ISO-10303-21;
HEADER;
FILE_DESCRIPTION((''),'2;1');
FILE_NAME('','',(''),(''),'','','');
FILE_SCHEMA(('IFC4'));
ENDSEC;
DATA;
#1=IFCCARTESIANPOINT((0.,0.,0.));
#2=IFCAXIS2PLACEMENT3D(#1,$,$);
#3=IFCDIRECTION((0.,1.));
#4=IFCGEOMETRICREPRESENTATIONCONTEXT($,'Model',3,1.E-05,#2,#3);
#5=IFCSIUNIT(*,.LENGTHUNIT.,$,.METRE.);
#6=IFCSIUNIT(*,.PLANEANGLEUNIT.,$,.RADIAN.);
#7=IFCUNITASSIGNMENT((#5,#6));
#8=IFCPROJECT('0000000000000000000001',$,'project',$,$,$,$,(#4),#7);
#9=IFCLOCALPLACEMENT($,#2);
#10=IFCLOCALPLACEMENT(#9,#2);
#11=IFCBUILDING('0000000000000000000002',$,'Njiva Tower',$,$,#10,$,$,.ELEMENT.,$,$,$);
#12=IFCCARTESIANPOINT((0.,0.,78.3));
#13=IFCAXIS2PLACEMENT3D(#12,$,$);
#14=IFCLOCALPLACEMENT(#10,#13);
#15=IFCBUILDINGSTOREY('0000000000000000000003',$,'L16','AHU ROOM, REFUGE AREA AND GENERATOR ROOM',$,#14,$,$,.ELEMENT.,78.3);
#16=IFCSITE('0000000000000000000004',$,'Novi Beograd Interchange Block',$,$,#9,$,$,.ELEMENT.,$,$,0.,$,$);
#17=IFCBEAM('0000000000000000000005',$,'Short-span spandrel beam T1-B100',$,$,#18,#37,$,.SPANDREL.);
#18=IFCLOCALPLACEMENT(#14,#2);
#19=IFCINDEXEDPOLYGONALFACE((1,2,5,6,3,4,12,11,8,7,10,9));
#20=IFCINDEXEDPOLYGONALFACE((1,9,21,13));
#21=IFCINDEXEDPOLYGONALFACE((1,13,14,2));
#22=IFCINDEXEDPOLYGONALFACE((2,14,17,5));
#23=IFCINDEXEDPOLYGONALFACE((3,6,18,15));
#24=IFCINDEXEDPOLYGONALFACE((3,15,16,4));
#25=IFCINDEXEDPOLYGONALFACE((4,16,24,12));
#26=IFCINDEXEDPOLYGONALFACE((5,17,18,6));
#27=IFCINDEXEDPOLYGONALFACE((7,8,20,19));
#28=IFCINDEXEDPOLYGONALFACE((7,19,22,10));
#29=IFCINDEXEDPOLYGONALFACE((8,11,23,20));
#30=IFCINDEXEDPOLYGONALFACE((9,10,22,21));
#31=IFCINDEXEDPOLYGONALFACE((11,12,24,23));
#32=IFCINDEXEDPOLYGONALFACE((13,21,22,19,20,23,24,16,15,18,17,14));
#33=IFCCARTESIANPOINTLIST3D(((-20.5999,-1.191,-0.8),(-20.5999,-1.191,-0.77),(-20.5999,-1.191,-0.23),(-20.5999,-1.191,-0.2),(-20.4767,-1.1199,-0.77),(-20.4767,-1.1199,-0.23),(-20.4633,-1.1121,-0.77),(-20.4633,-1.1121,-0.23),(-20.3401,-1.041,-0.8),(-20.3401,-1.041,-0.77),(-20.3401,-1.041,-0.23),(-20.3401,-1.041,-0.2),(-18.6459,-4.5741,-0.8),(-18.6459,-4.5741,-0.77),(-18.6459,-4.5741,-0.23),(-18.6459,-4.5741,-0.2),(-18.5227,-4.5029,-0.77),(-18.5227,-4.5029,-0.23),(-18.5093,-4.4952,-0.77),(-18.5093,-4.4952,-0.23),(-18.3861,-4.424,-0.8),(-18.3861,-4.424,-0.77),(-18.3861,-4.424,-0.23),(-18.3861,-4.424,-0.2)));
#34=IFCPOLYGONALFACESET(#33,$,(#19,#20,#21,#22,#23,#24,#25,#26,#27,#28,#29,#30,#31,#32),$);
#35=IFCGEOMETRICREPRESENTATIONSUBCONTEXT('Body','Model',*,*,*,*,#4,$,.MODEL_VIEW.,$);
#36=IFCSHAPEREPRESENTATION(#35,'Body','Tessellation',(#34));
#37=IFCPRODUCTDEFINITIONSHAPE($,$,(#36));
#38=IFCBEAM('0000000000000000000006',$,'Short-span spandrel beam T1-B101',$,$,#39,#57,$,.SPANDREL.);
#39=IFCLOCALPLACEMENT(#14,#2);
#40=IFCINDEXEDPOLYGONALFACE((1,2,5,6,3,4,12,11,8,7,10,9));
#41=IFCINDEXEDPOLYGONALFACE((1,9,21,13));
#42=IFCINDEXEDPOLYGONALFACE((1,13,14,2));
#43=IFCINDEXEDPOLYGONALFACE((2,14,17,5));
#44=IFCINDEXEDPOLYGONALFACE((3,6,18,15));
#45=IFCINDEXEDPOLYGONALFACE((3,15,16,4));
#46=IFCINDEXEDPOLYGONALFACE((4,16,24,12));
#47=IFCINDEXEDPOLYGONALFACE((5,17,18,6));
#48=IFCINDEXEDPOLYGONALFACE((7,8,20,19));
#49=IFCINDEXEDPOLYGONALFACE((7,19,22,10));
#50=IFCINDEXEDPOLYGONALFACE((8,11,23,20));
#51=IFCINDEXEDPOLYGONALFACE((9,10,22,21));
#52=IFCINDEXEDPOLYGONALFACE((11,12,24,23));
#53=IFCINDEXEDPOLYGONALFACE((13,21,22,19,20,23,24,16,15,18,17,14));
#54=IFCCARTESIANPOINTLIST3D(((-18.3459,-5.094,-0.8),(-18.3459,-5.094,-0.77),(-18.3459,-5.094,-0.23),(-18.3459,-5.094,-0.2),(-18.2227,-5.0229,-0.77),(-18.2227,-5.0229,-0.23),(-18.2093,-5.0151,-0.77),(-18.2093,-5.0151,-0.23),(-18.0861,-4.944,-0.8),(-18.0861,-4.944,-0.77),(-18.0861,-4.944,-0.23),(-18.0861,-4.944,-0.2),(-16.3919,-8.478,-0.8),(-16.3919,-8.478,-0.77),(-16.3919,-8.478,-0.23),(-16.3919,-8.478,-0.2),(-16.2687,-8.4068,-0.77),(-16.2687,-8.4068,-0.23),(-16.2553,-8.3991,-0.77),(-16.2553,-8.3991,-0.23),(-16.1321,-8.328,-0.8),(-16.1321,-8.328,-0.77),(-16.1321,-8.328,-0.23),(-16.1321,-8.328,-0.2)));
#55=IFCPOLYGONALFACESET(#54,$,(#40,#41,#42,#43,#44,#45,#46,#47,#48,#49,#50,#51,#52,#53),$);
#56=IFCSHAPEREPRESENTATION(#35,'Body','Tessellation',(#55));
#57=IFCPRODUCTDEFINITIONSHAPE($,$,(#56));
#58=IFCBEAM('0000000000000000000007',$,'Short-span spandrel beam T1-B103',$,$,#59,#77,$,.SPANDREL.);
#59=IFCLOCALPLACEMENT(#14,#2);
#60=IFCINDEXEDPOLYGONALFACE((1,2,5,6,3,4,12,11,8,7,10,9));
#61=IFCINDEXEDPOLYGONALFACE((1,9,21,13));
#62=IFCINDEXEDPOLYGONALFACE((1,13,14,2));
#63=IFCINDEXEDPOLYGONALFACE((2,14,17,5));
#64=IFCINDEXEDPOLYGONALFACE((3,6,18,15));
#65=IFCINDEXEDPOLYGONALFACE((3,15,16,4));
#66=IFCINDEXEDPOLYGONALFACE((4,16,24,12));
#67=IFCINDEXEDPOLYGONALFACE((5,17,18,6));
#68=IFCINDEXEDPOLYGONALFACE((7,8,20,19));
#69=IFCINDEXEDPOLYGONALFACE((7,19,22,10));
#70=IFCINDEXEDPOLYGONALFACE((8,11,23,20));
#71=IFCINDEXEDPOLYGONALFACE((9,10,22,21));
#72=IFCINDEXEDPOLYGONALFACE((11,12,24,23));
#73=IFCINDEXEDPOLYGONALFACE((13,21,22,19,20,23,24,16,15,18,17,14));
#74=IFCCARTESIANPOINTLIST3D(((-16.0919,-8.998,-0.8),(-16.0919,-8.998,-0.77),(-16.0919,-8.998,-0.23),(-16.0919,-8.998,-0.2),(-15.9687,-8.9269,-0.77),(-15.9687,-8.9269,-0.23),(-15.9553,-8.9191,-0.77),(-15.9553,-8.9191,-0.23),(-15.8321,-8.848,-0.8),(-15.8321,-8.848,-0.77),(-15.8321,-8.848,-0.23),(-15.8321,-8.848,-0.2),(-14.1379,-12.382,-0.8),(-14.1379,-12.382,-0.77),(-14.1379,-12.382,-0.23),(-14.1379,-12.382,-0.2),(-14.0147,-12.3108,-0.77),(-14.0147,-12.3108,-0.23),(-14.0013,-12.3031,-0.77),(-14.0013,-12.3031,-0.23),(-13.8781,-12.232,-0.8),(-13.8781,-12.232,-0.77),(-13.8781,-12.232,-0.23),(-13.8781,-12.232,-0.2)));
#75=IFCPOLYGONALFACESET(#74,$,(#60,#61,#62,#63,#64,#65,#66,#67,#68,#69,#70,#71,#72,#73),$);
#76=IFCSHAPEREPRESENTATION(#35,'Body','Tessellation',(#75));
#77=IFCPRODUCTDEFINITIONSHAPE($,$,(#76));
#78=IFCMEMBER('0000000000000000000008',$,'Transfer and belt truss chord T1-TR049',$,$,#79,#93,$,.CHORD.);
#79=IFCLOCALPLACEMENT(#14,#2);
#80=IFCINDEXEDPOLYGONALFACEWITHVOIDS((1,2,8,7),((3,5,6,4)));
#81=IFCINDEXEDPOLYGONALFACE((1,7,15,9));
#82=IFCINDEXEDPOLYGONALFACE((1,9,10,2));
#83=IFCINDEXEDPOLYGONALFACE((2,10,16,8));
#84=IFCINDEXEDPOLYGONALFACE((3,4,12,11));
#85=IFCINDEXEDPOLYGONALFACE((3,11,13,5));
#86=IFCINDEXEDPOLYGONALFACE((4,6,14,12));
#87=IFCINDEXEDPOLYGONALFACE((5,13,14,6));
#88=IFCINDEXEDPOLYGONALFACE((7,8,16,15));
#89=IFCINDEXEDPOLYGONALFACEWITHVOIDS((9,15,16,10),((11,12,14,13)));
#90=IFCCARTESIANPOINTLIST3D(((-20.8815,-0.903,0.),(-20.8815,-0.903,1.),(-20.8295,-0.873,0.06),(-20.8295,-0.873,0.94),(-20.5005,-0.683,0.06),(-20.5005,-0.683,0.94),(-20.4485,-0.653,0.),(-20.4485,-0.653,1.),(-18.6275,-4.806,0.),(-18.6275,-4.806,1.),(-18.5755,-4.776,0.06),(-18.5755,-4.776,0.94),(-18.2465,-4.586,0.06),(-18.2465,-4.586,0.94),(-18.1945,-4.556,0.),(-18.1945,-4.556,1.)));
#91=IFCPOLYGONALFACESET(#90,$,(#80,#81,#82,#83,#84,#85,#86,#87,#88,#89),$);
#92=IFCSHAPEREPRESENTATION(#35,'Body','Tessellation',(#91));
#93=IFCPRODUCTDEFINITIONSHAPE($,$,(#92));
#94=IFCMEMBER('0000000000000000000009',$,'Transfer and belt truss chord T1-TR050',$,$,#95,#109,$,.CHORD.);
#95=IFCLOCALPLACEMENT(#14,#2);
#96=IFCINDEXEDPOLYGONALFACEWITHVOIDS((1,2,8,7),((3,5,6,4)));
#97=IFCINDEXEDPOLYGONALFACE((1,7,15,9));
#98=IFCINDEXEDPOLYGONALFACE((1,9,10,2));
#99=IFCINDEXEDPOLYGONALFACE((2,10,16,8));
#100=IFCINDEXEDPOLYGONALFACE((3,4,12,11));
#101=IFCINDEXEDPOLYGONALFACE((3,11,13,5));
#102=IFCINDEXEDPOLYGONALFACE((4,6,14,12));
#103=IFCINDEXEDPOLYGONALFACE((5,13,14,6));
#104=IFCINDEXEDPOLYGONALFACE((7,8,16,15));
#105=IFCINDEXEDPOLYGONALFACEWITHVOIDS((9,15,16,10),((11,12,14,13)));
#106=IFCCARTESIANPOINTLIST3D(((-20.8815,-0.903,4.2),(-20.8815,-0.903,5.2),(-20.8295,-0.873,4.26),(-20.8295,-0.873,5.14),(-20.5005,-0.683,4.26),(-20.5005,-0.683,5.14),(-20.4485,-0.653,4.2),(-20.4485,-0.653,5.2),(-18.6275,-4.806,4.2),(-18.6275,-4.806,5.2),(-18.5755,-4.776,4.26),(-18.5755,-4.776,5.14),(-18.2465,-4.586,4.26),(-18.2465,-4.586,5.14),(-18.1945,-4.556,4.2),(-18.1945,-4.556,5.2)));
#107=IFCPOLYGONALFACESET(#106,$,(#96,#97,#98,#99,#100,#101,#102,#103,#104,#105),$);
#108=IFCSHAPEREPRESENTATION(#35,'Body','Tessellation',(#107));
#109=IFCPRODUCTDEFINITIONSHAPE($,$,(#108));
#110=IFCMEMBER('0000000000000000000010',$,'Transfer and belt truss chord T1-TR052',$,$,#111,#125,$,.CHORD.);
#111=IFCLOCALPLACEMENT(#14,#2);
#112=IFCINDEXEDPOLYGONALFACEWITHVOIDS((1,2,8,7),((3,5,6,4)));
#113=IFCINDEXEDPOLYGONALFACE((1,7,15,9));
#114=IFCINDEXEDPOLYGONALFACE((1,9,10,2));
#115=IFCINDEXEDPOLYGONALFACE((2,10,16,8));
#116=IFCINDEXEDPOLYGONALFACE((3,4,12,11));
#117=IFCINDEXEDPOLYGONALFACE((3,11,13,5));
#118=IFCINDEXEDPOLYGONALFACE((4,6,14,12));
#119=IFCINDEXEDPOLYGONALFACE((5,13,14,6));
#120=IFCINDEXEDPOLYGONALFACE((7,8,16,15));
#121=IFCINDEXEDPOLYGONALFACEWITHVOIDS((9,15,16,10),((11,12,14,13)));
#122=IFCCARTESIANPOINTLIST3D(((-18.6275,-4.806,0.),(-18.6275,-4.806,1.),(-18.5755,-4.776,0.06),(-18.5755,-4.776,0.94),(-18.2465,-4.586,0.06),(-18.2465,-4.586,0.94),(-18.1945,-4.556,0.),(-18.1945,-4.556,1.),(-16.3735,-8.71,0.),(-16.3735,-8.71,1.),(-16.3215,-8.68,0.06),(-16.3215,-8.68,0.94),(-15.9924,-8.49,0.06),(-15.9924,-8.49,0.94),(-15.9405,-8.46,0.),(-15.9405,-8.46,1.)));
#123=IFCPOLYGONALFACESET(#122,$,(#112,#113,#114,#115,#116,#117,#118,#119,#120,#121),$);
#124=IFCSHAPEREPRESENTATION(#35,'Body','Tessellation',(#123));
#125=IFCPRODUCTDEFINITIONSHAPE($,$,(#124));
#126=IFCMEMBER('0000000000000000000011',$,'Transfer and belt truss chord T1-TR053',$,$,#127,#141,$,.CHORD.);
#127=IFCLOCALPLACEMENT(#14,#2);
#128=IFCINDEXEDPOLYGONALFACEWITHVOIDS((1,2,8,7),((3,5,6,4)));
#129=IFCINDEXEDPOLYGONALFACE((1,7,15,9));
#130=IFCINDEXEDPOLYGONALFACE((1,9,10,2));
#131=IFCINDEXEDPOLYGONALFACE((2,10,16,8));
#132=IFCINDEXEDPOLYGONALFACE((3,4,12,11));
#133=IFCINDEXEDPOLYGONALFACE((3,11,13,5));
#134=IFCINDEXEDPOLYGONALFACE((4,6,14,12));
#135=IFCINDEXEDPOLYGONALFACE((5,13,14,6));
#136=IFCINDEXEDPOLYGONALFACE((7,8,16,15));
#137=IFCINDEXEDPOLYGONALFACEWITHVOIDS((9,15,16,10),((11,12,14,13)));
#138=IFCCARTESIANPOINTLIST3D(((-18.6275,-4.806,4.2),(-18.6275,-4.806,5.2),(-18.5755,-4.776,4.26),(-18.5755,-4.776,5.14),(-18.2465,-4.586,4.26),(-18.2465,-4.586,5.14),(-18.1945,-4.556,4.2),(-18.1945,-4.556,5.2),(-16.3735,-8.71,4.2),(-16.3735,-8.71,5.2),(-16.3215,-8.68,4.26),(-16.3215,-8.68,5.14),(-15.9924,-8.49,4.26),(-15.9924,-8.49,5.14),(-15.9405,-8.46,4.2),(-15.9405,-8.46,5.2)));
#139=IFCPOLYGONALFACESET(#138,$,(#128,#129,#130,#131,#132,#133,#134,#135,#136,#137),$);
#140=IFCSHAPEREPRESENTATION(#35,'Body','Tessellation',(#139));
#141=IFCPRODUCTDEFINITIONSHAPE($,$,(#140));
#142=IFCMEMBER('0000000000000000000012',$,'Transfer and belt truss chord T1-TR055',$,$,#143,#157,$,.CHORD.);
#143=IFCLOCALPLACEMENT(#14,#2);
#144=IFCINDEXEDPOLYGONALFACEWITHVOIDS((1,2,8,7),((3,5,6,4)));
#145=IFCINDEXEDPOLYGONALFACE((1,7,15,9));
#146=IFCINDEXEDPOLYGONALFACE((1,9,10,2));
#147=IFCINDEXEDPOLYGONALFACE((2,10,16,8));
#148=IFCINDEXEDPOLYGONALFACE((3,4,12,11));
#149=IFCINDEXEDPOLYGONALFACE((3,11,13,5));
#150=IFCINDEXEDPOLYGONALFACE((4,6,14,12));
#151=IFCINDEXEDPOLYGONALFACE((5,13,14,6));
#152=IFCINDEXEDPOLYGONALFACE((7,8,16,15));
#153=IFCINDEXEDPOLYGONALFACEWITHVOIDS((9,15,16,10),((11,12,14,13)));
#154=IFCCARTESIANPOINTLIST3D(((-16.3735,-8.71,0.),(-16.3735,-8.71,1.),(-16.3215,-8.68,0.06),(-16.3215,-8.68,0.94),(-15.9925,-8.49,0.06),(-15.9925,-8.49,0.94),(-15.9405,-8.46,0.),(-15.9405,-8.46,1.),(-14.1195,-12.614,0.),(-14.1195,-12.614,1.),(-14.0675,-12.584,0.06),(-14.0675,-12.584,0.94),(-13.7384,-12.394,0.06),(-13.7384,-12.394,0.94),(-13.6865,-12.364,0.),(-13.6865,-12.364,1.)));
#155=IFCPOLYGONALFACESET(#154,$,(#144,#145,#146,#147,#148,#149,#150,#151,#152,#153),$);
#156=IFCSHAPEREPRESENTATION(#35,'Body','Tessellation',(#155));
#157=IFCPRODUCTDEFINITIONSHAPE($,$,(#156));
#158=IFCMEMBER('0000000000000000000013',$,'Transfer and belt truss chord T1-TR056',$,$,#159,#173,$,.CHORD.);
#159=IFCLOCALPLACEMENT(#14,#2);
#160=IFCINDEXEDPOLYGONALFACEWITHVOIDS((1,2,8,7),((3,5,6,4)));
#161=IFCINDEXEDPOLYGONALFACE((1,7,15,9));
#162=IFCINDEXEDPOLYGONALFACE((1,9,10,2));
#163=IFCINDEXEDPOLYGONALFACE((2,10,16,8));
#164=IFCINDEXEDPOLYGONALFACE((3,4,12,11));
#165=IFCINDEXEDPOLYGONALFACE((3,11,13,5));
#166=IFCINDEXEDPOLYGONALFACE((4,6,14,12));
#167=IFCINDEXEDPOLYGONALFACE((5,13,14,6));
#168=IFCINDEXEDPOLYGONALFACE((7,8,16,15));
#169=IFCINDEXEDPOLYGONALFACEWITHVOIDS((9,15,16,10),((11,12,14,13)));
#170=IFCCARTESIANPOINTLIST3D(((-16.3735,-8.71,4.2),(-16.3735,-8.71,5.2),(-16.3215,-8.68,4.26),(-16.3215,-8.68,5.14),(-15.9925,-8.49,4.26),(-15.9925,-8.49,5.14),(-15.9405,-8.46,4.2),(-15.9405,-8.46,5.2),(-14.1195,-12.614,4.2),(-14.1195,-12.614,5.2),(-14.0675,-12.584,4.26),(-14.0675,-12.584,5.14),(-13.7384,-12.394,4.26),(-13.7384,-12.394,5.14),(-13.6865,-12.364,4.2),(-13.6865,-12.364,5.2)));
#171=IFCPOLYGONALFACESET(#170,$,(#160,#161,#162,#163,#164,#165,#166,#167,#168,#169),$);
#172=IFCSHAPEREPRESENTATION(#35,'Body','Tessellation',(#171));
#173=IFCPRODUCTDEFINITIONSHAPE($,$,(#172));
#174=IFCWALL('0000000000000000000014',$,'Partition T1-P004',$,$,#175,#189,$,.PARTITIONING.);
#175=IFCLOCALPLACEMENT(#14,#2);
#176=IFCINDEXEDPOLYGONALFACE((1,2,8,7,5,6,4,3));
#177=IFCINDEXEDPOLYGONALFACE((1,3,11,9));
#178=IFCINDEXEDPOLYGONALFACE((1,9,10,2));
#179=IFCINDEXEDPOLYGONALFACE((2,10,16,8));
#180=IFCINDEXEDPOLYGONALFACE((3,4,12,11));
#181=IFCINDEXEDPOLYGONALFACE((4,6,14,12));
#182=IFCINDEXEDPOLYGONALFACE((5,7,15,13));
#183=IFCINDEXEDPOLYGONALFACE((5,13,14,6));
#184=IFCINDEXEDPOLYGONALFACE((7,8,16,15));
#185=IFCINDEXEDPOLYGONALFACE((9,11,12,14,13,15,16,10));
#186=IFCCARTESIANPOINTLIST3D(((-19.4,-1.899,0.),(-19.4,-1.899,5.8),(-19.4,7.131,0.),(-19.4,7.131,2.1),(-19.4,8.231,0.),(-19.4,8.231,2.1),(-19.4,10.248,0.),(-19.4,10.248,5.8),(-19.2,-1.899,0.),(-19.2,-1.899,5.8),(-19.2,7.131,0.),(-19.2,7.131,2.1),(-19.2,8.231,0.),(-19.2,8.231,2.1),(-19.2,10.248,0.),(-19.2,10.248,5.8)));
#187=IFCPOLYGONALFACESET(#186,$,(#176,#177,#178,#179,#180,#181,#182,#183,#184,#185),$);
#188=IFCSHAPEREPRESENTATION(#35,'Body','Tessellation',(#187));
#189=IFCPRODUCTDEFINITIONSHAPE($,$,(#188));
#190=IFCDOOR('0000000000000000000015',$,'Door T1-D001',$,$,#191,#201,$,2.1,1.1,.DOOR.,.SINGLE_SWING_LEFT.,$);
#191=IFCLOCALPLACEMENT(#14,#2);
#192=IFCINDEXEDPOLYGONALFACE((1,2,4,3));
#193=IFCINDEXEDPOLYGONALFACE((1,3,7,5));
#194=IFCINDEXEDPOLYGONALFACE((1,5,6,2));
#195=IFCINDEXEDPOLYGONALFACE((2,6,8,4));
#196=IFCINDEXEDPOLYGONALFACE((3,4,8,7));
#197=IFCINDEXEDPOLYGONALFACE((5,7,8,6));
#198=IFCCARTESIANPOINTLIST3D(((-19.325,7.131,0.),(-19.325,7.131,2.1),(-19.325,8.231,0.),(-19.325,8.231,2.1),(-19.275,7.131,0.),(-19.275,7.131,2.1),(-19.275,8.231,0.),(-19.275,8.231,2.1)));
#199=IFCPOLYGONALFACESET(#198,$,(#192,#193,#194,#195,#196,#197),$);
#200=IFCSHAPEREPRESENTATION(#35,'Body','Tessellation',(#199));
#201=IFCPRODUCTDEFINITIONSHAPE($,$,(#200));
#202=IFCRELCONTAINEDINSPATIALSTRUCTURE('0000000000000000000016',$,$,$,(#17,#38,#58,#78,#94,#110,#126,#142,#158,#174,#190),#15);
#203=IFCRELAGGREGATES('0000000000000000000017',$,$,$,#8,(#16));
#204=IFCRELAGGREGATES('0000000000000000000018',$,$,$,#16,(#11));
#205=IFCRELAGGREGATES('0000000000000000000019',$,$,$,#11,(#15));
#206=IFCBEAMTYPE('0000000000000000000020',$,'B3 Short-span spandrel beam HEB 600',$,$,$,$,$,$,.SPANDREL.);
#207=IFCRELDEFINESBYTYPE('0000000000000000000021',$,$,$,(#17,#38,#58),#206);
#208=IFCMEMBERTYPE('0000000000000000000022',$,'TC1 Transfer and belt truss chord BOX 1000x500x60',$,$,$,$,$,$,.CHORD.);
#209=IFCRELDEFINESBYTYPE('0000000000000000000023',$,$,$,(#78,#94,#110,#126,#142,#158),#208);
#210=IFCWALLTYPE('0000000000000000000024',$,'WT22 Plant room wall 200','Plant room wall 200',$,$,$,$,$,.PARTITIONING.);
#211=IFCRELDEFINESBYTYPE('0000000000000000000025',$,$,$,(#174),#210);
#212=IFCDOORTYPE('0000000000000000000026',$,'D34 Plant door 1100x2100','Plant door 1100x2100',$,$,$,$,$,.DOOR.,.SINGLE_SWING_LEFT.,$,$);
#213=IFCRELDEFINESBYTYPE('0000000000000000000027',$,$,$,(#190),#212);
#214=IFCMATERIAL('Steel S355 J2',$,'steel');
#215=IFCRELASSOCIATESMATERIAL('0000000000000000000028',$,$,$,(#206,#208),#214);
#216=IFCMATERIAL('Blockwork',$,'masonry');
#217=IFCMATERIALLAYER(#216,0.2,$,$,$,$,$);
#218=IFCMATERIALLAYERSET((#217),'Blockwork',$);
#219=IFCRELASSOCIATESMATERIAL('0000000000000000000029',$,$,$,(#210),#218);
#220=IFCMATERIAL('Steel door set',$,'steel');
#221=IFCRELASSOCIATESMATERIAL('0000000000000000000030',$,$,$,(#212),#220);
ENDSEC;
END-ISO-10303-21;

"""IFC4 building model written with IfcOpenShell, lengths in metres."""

from ifc_helpers import new_model, si_unit, direction, frame, frame_2d, origin, origin_2d, place, context, subcontext, project, spatial, rectangle, hollow_rectangle, i_section, extrude, material, layer, layer_set, material_profile, profile_set, type_object, element, fill, save


model = new_model("IFC4")

# Units and contexts
model_context = context("Model", 3, precision=1e-05, world=origin(), true_north=direction((0.0, 1.0)))
body_context = subcontext(model_context, "Body", "Model", "MODEL_VIEW")
ifc_project = project(units=[si_unit("LENGTHUNIT", "METRE"), si_unit("PLANEANGLEUNIT", "RADIAN")], contexts=[model_context])

# Site, building, storey
site_placement = place(None, origin())
site = spatial("IfcSite", under=ifc_project, at=site_placement, Name="Novi Beograd Interchange Block", CompositionType="ELEMENT", RefElevation=0.0)
building_placement = place(site_placement, origin())
building = spatial("IfcBuilding", under=site, at=building_placement, Name="Njiva Tower", CompositionType="ELEMENT")
storey_placement = place(building_placement, frame((0.0, 0.0, 78.3)))
storey = spatial("IfcBuildingStorey", under=building, at=storey_placement, Name="L16", Description="AHU ROOM, REFUGE AREA AND GENERATOR ROOM", CompositionType="ELEMENT", Elevation=78.3)

# Shared definitions
ifc_material_1 = material(Name="Steel S355 J2", Category="steel")

# Beams
ifc_material_profile_1 = material_profile(ifc_material_1, i_section(OverallWidth=0.3, OverallDepth=0.6, WebThickness=0.0155, FlangeThickness=0.03, at=origin_2d()), Name="HEB 600")
ifc_profile_set_1 = profile_set([ifc_material_profile_1], Name="Steel S355 J2")
beam_type_1 = type_object("IfcBeamType", Name="B3 Short-span spandrel beam HEB 600", PredefinedType="SPANDREL", material=ifc_profile_set_1)
beam_1_placement = place(storey_placement, frame((-20.47, -1.116, -0.5), z_axis=(0.500158, -0.865934, 0.0), x_axis=(0.865934, 0.500158, 0.0)))
element("IfcBeam", 1, at=beam_1_placement, inside=storey, type_object=beam_type_1, Name="Short-span spandrel beam T1-B100", PredefinedType="SPANDREL", context=body_context, shape_type="SweptSolid", body=[
    extrude(i_section(OverallWidth=0.3, OverallDepth=0.6, WebThickness=0.0155, FlangeThickness=0.03, at=origin_2d()), origin(), (0.0, 0.0, 1.0), 3.9068),
])
for number, where, z_axis, x_axis, name in (
    (2, (-18.216, -5.019, -0.5), (0.500047, -0.865998, 0.0), (0.865998, 0.500047, 0.0), "Short-span spandrel beam T1-B101"),
    (3, (-15.962, -8.923, -0.5), (0.500047, -0.865998, 0.0), (0.865998, 0.500047, 0.0), "Short-span spandrel beam T1-B103"),
):
    element("IfcBeam", number, at=place(storey_placement, frame(where, z_axis=z_axis, x_axis=x_axis)), inside=storey, type_object=beam_type_1, Name=name, PredefinedType="SPANDREL", context=body_context, shape_type="SweptSolid", body=[
        extrude(i_section(OverallWidth=0.3, OverallDepth=0.6, WebThickness=0.0155, FlangeThickness=0.03, at=origin_2d()), origin(), (0.0, 0.0, 1.0), 3.9076),
    ])

# Members
ifc_material_profile_2 = material_profile(ifc_material_1, hollow_rectangle(XDim=0.5, YDim=1.0, WallThickness=0.06, at=origin_2d()), Name="BOX 1000x500x60")
ifc_profile_set_2 = profile_set([ifc_material_profile_2], Name="Steel S355 J2")
member_type_1 = type_object("IfcMemberType", Name="TC1 Transfer and belt truss chord BOX 1000x500x60", PredefinedType="CHORD", material=ifc_profile_set_2)
for number, where, z_axis, x_axis, name in (
    (4, (-20.665, -0.778, 0.5), (0.5001, -0.865968, 0.0), (0.865968, 0.5001, 0.0), "Transfer and belt truss chord T1-TR049"),
    (5, (-20.665, -0.778, 4.7), (0.5001, -0.865968, 0.0), (0.865968, 0.5001, 0.0), "Transfer and belt truss chord T1-TR050"),
):
    element("IfcMember", number, at=place(storey_placement, frame(where, z_axis=z_axis, x_axis=x_axis)), inside=storey, type_object=member_type_1, Name=name, PredefinedType="CHORD", context=body_context, shape_type="SweptSolid", body=[
        extrude(hollow_rectangle(XDim=0.5, YDim=1.0, WallThickness=0.06, at=origin_2d()), origin(), (0.0, 0.0, 1.0), 4.5071),
    ])
for number, where, z_axis, x_axis, name in (
    (6, (-18.411, -4.681, 0.5), (0.500004, -0.866023, 0.0), (0.866023, 0.500004, 0.0), "Transfer and belt truss chord T1-TR052"),
    (7, (-18.411, -4.681, 4.7), (0.500004, -0.866023, 0.0), (0.866023, 0.500004, 0.0), "Transfer and belt truss chord T1-TR053"),
    (8, (-16.157, -8.585, 0.5), (0.500004, -0.866023, 0.0), (0.866023, 0.500004, 0.0), "Transfer and belt truss chord T1-TR055"),
    (9, (-16.157, -8.585, 4.7), (0.500004, -0.866023, 0.0), (0.866023, 0.500004, 0.0), "Transfer and belt truss chord T1-TR056"),
):
    element("IfcMember", number, at=place(storey_placement, frame(where, z_axis=z_axis, x_axis=x_axis)), inside=storey, type_object=member_type_1, Name=name, PredefinedType="CHORD", context=body_context, shape_type="SweptSolid", body=[
        extrude(hollow_rectangle(XDim=0.5, YDim=1.0, WallThickness=0.06, at=origin_2d()), origin(), (0.0, 0.0, 1.0), 4.508),
    ])

# Wall, opening, door
ifc_material_2 = material(Name="Blockwork", Category="masonry")
ifc_layer = layer(ifc_material_2, 0.2)
ifc_layer_set = layer_set([ifc_layer], Name="Blockwork")
wall_type = type_object("IfcWallType", Name="WT22 Plant room wall 200", Description="Plant room wall 200", PredefinedType="PARTITIONING", material=ifc_layer_set)
wall_1_placement = place(storey_placement, frame((-19.3, -1.899, 0.0), z_axis=(0.0, 0.0, 1.0), x_axis=(0.0, 1.0, 0.0)))
wall_1 = element("IfcWall", 10, at=wall_1_placement, inside=storey, type_object=wall_type, Name="Partition T1-P004", PredefinedType="PARTITIONING", context=body_context, shape_type="SweptSolid", body=[
    extrude(rectangle(XDim=12.147, YDim=0.2, at=frame_2d((6.0735, 0.0))), origin(), (0.0, 0.0, 1.0), 5.8),
])
opening_1_placement = place(wall_1_placement, frame((9.03, 0.0, 0.0)))
opening_1 = element("IfcOpeningElement", 11, at=opening_1_placement, cuts=wall_1, PredefinedType="OPENING", context=body_context, shape_type="SweptSolid", body=[
    extrude(rectangle(XDim=1.1, YDim=2.1, at=frame_2d((0.55, 1.05))), frame((0.0, 0.11, 0.0), z_axis=(0.0, -1.0, 0.0), x_axis=(1.0, 0.0, 0.0)), (0.0, 0.0, 1.0), 0.22),
])
ifc_material_3 = material(Name="Steel door set", Category="steel")
door_type = type_object("IfcDoorType", Name="D34 Plant door 1100x2100", Description="Plant door 1100x2100", OperationType="SINGLE_SWING_LEFT", PredefinedType="DOOR", material=ifc_material_3)
door_1_placement = place(opening_1_placement, origin())
door_1 = element("IfcDoor", 12, at=door_1_placement, inside=storey, type_object=door_type, Name="Door T1-D001", OperationType="SINGLE_SWING_LEFT", OverallHeight=2.1, OverallWidth=1.1, PredefinedType="DOOR", context=body_context, shape_type="SweptSolid", body=[
    extrude(rectangle(XDim=1.1, YDim=2.1, at=frame_2d((0.55, 1.05))), frame((0.0, 0.025, 0.0), z_axis=(0.0, -1.0, 0.0), x_axis=(1.0, 0.0, 0.0)), (0.0, 0.0, 1.0), 0.05),
])
fill(opening_1, door_1)

save(model, "model.ifc")
